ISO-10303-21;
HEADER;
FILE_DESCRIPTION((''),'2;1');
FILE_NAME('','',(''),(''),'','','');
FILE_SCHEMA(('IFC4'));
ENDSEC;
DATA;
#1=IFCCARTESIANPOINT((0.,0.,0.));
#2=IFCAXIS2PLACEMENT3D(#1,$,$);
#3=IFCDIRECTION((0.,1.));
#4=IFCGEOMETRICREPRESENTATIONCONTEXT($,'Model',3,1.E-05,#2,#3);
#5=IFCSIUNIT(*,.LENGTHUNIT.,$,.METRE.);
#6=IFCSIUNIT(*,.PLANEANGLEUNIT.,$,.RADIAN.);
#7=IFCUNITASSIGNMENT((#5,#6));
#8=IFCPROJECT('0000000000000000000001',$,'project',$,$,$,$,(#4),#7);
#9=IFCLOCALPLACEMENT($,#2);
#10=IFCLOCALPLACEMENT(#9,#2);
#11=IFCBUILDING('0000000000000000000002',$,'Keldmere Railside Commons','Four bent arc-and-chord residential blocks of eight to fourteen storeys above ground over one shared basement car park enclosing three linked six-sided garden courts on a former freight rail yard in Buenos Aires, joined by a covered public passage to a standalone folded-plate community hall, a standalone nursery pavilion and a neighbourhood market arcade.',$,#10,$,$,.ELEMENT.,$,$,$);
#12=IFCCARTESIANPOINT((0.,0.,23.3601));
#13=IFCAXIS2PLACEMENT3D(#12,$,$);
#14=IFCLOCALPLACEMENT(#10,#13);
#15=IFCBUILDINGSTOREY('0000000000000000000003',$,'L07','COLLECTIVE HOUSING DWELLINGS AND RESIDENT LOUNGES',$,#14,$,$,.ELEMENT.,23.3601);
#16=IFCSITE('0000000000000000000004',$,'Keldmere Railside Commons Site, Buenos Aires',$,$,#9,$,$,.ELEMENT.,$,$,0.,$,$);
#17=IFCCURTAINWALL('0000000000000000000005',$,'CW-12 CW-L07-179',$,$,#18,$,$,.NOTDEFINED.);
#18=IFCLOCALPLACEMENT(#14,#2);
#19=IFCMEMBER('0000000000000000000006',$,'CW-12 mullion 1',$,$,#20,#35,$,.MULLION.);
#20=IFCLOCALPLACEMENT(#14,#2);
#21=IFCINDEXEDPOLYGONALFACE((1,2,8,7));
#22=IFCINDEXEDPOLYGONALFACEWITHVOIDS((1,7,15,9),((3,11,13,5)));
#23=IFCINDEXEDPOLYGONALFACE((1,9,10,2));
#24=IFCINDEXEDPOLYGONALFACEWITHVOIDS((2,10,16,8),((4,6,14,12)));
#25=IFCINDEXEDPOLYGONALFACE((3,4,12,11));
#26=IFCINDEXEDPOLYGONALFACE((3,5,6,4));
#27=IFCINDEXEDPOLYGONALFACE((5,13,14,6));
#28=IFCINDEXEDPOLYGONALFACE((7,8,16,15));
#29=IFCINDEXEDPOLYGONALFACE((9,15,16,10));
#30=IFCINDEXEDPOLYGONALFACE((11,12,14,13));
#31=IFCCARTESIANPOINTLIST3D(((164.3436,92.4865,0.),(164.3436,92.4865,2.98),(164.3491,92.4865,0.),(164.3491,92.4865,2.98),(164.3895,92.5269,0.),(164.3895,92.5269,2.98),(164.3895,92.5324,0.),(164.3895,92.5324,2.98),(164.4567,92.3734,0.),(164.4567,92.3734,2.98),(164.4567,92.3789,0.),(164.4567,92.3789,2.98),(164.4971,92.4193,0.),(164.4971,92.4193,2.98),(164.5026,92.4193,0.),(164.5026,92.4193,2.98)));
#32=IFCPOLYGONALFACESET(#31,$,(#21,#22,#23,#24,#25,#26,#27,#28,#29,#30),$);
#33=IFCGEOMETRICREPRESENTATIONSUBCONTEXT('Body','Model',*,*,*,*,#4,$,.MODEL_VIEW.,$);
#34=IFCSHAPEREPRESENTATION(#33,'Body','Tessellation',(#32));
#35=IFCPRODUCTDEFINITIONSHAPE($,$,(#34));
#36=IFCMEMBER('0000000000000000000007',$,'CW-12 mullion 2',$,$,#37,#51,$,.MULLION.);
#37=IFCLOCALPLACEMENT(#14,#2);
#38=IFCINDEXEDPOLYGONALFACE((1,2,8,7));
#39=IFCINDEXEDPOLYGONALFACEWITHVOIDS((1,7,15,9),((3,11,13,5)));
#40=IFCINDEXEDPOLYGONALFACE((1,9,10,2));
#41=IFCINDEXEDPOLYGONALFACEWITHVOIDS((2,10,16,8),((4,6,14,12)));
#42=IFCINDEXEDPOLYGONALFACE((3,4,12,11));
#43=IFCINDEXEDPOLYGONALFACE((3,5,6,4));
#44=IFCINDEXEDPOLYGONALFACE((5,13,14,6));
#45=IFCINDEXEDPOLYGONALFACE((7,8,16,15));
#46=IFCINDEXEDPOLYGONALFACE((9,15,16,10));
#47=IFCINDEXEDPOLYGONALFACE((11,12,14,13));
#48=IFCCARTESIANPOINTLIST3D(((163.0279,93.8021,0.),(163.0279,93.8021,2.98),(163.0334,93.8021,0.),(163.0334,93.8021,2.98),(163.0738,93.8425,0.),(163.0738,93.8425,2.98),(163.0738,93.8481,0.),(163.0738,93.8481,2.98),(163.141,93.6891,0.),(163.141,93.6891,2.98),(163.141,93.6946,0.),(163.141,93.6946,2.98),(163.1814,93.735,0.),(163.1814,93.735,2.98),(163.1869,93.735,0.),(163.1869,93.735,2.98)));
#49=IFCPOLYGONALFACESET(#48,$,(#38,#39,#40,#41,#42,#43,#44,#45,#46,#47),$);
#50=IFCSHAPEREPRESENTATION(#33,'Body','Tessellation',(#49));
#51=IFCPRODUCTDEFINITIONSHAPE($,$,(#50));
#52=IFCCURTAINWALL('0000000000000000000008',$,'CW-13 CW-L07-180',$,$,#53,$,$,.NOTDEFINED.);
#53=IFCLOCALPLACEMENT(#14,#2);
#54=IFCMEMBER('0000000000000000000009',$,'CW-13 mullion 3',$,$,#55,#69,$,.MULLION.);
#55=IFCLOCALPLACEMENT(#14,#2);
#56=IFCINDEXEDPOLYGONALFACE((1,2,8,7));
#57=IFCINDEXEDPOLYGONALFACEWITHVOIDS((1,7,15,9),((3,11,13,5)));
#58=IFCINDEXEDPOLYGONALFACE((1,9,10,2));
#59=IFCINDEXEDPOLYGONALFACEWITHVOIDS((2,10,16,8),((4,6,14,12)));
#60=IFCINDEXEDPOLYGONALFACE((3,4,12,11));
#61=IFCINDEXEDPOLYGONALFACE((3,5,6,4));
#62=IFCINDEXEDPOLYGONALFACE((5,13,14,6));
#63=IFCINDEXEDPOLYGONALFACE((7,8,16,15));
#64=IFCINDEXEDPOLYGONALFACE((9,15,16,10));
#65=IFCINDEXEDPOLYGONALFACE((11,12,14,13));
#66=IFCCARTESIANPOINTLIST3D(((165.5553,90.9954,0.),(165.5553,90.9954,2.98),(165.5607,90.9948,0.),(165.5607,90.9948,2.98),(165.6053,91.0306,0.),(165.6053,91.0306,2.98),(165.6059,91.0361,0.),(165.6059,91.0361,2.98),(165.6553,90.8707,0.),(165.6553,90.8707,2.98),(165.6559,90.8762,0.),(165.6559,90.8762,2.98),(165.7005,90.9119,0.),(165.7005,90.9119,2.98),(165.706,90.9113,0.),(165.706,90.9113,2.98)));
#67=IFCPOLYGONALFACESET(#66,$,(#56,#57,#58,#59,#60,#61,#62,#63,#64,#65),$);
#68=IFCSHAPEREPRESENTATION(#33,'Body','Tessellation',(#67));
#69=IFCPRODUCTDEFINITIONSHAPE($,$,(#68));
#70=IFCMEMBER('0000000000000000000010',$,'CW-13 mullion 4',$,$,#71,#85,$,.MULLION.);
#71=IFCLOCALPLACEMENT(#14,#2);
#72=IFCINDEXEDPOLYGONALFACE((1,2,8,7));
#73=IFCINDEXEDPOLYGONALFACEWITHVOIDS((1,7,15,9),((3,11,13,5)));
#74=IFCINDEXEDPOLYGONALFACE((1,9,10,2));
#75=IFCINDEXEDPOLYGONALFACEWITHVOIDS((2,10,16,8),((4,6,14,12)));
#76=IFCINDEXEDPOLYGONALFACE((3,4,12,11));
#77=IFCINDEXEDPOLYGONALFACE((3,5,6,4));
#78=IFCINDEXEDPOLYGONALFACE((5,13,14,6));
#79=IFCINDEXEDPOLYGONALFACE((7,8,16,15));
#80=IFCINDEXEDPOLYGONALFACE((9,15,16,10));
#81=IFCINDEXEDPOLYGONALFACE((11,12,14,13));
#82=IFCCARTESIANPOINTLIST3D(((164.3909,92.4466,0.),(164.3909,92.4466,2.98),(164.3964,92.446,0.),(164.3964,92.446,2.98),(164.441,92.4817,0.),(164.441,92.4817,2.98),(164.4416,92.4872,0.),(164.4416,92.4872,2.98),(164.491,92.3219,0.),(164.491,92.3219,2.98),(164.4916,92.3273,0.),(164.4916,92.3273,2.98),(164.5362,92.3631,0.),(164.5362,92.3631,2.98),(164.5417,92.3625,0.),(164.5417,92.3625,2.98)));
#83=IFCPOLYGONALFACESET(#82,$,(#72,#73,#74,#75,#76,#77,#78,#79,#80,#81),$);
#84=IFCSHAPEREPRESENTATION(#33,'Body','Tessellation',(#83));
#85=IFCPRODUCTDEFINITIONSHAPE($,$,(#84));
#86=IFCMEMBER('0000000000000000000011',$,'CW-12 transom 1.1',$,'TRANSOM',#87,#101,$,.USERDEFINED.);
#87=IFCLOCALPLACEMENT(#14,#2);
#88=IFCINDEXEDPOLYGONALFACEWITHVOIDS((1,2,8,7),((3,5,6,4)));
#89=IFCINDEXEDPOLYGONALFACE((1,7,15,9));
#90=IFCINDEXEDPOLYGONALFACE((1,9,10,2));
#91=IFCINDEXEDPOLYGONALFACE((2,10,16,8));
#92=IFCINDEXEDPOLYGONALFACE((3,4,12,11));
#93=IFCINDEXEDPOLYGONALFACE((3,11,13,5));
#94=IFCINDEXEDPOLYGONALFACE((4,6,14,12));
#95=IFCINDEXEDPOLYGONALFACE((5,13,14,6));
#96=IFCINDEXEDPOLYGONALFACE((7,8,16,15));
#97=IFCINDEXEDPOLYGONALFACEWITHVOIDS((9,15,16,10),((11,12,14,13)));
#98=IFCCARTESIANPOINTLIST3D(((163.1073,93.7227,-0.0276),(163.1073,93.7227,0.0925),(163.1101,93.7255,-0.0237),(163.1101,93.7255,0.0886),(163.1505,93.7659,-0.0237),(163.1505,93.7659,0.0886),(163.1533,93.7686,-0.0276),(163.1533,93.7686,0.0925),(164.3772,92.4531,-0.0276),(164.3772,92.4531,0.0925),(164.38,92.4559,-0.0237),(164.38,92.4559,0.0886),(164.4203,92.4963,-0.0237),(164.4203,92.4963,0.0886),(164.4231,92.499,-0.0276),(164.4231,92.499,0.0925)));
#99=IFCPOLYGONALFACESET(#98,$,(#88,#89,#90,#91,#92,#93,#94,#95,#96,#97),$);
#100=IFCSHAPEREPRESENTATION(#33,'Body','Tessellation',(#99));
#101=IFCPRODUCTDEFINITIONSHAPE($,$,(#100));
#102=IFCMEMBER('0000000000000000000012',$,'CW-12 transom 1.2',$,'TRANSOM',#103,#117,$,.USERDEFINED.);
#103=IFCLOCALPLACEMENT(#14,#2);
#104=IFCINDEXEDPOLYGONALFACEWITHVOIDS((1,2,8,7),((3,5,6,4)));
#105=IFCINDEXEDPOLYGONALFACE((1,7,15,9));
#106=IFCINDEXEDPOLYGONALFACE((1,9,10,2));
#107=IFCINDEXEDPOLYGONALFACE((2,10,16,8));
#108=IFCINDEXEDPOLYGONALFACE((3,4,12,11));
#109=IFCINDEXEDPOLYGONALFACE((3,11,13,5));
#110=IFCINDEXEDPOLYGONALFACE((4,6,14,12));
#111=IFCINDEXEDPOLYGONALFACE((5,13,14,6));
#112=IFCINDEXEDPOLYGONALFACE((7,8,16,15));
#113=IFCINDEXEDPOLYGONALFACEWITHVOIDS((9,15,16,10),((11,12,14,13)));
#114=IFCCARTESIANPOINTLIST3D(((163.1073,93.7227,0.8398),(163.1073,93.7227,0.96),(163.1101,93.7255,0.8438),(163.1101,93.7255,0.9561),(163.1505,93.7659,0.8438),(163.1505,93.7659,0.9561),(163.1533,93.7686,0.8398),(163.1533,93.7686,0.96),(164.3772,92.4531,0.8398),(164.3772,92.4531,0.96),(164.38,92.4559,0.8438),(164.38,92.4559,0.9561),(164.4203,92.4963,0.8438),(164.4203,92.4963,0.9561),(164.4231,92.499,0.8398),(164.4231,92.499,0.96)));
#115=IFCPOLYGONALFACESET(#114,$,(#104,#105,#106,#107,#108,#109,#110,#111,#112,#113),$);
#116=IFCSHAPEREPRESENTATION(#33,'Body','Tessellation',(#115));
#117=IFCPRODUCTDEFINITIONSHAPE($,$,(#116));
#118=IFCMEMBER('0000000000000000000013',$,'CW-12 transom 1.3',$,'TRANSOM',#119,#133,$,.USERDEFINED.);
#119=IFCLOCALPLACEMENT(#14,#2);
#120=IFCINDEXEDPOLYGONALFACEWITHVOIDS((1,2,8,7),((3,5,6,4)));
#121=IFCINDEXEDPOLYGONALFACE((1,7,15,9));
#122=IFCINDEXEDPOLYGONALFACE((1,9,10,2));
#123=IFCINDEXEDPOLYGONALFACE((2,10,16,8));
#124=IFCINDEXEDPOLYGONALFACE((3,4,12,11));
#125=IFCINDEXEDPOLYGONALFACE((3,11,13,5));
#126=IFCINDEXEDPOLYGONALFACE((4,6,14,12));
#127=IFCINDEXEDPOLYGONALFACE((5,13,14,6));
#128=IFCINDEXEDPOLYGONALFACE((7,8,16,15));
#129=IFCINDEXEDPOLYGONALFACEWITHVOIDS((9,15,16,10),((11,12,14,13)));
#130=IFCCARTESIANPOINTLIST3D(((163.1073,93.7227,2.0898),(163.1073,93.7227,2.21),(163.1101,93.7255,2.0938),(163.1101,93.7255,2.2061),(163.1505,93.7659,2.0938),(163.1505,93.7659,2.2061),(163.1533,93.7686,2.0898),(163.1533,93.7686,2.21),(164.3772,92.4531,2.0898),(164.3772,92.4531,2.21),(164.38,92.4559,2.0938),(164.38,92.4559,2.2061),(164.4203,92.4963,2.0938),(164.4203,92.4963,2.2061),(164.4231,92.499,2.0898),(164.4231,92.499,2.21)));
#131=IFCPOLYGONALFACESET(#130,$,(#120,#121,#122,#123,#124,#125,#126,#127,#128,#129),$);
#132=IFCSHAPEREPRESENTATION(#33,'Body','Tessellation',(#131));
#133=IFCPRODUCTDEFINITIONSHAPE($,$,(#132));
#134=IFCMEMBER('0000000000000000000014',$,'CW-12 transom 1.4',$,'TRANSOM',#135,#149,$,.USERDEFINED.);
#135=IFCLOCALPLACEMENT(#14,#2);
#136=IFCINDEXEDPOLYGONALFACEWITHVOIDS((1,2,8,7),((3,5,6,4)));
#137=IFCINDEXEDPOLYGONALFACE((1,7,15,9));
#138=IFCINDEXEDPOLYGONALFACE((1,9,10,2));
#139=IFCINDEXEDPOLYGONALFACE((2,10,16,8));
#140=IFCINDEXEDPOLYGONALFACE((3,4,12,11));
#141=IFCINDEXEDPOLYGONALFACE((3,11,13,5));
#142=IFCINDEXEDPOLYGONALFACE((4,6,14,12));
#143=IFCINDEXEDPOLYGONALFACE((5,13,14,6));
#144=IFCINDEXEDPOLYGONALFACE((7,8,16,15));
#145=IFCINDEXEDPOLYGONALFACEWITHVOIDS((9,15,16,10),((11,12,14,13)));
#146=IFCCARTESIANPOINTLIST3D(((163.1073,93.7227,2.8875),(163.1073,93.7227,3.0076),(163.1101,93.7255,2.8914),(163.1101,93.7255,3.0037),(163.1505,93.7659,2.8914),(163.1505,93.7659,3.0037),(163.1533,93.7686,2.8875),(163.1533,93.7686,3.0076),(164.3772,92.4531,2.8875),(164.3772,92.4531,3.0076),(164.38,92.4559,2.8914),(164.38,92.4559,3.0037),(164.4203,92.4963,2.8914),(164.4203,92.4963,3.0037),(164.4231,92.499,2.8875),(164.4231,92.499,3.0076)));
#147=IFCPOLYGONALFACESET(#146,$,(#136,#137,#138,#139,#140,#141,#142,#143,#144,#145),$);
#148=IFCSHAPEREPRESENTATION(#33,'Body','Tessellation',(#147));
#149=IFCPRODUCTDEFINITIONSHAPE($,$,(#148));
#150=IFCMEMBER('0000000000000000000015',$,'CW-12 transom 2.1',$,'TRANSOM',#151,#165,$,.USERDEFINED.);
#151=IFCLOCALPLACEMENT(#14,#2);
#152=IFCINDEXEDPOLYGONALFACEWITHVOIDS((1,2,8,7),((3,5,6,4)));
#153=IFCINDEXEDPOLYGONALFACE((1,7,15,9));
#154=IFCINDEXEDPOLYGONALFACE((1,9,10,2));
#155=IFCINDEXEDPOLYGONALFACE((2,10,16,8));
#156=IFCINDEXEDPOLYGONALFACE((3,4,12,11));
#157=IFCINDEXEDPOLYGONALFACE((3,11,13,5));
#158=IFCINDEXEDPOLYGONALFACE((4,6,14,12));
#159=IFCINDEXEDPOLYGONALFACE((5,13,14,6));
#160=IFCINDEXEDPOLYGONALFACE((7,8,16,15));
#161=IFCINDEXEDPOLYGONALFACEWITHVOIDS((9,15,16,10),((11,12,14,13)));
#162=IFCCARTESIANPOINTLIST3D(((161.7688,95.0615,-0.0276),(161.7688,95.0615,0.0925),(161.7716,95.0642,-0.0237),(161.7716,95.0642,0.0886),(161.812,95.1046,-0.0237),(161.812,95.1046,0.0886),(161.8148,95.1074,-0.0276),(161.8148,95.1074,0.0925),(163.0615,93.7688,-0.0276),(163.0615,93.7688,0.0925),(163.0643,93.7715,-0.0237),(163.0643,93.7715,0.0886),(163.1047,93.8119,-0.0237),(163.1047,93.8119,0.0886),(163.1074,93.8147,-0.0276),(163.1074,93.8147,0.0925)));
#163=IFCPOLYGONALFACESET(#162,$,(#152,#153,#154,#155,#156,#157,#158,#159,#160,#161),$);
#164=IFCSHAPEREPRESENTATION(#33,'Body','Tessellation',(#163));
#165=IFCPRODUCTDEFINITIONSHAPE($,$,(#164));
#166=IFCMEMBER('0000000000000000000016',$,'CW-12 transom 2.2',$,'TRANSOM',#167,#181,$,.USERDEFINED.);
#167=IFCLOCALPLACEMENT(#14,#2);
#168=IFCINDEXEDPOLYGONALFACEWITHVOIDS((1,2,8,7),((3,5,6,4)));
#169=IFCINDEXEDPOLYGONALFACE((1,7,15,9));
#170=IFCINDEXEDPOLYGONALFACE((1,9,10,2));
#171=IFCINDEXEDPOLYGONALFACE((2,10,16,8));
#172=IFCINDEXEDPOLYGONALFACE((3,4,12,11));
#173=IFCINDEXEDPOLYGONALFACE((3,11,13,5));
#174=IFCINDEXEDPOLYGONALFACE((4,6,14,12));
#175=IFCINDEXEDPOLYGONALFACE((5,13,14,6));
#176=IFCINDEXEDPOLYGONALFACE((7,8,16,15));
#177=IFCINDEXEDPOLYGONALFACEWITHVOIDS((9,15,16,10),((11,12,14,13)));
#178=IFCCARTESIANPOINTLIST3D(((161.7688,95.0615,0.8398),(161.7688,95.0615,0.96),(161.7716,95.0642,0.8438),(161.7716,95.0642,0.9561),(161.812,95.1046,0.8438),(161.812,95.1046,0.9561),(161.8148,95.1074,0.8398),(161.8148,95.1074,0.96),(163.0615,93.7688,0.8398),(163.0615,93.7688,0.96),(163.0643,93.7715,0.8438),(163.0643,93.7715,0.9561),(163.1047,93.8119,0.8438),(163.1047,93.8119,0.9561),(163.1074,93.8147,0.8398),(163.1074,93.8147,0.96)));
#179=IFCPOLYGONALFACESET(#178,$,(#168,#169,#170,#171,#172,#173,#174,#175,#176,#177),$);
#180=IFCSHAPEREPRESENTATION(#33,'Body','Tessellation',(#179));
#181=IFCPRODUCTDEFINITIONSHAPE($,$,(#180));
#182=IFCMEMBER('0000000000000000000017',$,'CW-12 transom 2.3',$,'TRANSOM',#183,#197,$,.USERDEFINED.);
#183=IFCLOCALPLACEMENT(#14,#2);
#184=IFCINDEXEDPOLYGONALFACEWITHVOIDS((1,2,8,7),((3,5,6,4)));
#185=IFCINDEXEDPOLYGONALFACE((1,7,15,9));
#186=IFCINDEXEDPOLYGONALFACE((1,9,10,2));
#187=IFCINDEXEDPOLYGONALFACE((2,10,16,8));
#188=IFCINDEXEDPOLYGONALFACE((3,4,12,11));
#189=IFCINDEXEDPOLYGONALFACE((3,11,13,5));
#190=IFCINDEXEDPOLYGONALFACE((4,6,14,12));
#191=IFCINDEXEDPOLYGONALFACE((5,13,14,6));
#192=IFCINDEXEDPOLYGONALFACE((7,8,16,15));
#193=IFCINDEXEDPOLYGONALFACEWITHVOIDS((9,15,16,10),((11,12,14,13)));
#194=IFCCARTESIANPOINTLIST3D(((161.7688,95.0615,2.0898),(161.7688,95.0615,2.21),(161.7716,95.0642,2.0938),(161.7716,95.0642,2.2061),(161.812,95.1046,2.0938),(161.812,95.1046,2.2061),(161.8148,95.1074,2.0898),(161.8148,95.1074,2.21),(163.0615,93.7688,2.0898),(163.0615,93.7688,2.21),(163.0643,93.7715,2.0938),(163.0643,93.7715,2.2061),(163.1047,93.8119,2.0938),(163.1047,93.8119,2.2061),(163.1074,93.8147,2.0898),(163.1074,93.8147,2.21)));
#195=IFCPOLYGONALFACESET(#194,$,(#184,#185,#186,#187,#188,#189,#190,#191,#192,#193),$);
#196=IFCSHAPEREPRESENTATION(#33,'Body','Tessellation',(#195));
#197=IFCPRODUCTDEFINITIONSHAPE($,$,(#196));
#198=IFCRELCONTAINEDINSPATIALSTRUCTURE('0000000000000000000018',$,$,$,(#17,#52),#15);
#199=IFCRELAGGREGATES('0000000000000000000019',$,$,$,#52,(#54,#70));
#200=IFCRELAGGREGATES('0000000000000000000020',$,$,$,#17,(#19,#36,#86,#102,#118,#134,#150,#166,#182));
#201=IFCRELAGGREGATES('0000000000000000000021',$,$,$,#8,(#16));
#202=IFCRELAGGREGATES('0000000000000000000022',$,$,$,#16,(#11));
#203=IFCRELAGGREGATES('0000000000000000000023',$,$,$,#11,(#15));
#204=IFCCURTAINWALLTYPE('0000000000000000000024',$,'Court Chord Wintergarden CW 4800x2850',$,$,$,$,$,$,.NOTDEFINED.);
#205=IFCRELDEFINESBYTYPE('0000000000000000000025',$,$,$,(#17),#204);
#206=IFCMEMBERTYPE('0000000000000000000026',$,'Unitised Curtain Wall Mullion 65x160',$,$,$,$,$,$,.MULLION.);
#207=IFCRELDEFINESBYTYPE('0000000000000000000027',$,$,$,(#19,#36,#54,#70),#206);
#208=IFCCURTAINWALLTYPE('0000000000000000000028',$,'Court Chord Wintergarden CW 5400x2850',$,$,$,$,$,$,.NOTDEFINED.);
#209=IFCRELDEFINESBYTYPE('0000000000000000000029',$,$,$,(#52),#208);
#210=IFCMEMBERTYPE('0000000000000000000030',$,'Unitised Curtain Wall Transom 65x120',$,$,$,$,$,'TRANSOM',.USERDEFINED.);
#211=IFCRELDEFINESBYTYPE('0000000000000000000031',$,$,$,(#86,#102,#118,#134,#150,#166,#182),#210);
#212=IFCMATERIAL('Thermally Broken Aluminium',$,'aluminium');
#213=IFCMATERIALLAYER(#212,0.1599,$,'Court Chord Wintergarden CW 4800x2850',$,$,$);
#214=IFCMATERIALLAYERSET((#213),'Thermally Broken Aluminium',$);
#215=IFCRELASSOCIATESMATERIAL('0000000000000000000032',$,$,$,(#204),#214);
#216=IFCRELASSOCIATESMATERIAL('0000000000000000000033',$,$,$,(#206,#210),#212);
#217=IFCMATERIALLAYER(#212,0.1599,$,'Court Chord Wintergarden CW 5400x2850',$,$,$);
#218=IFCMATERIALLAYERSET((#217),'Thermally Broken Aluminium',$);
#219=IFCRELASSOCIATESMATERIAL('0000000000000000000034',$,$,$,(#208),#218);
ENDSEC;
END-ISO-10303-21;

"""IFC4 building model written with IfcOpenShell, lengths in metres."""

from ifc_helpers import new_model, si_unit, direction, frame, origin, origin_2d, place, context, subcontext, project, spatial, hollow_rectangle, extrude, material, layer, layer_set, material_profile, profile_set, type_object, element, aggregate, save


model = new_model("IFC4")

# Units and contexts
model_context = context("Model", 3, precision=1e-05, world=origin(), true_north=direction((0.0, 1.0)))
body_context = subcontext(model_context, "Body", "Model", "MODEL_VIEW")
ifc_project = project(units=[si_unit("LENGTHUNIT", "METRE"), si_unit("PLANEANGLEUNIT", "RADIAN")], contexts=[model_context])

# Site, building, storey
site_placement = place(None, origin())
site = spatial("IfcSite", under=ifc_project, at=site_placement, Name="Keldmere Railside Commons Site, Buenos Aires", CompositionType="ELEMENT", RefElevation=0.0)
building_placement = place(site_placement, origin())
building = spatial("IfcBuilding", under=site, at=building_placement, Name="Keldmere Railside Commons", Description="Four bent arc-and-chord residential blocks of eight to fourteen storeys above ground over one shared basement car park enclosing three linked six-sided garden courts on a former freight rail yard in Buenos Aires, joined by a covered public passage to a standalone folded-plate community hall, a standalone nursery pavilion and a neighbourhood market arcade.", CompositionType="ELEMENT")
storey_placement = place(building_placement, frame((0.0, 0.0, 23.3601)))
storey = spatial("IfcBuildingStorey", under=building, at=storey_placement, Name="L07", Description="COLLECTIVE HOUSING DWELLINGS AND RESIDENT LOUNGES", CompositionType="ELEMENT", Elevation=23.3601)

# Curtain walls, members
ifc_material_1 = material(Name="Thermally Broken Aluminium", Category="aluminium")
ifc_layer_1 = layer(ifc_material_1, 0.1599, Name="Court Chord Wintergarden CW 4800x2850")
ifc_layer_set_1 = layer_set([ifc_layer_1], Name="Thermally Broken Aluminium")
curtain_wall_type_1 = type_object("IfcCurtainWallType", Name="Court Chord Wintergarden CW 4800x2850", PredefinedType="NOTDEFINED", material=ifc_layer_set_1)
curtain_wall_1_placement = place(storey_placement, origin())
curtain_wall_1 = element("IfcCurtainWall", 1, at=curtain_wall_1_placement, inside=storey, type_object=curtain_wall_type_1, Name="CW-12 CW-L07-179", PredefinedType="NOTDEFINED")
ifc_material_profile_1 = material_profile(ifc_material_1, hollow_rectangle(XDim=0.0649, YDim=0.1599, WallThickness=0.0039, at=origin_2d()), Name="ALU-MULL-65x160")
ifc_profile_set_1 = profile_set([ifc_material_profile_1], Name="Thermally Broken Aluminium")
member_type_1 = type_object("IfcMemberType", Name="Unitised Curtain Wall Mullion 65x160", PredefinedType="MULLION", material=ifc_profile_set_1)
member_1_placement = place(storey_placement, frame((164.4231, 92.4529, 0.0), z_axis=(0.0, 0.0, 1.0), x_axis=(-0.707107, -0.707107, 0.0)))
member_1 = element("IfcMember", 2, at=member_1_placement, type_object=member_type_1, Name="CW-12 mullion 1", PredefinedType="MULLION", context=body_context, shape_type="SweptSolid", body=[
    extrude(hollow_rectangle(XDim=0.0649, YDim=0.1599, WallThickness=0.0039, at=origin_2d()), origin(), (0.0, 0.0, 1.0), 2.98),
])
member_2_placement = place(storey_placement, frame((163.1074, 93.7686, 0.0), z_axis=(0.0, 0.0, 1.0), x_axis=(-0.707107, -0.707107, 0.0)))
member_2 = element("IfcMember", 3, at=member_2_placement, type_object=member_type_1, Name="CW-12 mullion 2", PredefinedType="MULLION", context=body_context, shape_type="SweptSolid", body=[
    extrude(hollow_rectangle(XDim=0.0649, YDim=0.1599, WallThickness=0.0039, at=origin_2d()), origin(), (0.0, 0.0, 1.0), 2.98),
])
ifc_layer_2 = layer(ifc_material_1, 0.1599, Name="Court Chord Wintergarden CW 5400x2850")
ifc_layer_set_2 = layer_set([ifc_layer_2], Name="Thermally Broken Aluminium")
curtain_wall_type_2 = type_object("IfcCurtainWallType", Name="Court Chord Wintergarden CW 5400x2850", PredefinedType="NOTDEFINED", material=ifc_layer_set_2)
curtain_wall_2_placement = place(storey_placement, origin())
curtain_wall_2 = element("IfcCurtainWall", 4, at=curtain_wall_2_placement, inside=storey, type_object=curtain_wall_type_2, Name="CW-13 CW-L07-180", PredefinedType="NOTDEFINED")
member_3_placement = place(storey_placement, frame((165.6306, 90.9534, 0.0), z_axis=(0.0, 0.0, 1.0), x_axis=(-0.780009, -0.625768, 0.0)))
member_3 = element("IfcMember", 5, at=member_3_placement, type_object=member_type_1, Name="CW-13 mullion 3", PredefinedType="MULLION", context=body_context, shape_type="SweptSolid", body=[
    extrude(hollow_rectangle(XDim=0.0649, YDim=0.1599, WallThickness=0.0039, at=origin_2d()), origin(), (0.0, 0.0, 1.0), 2.98),
])
member_4_placement = place(storey_placement, frame((164.4663, 92.4045, 0.0), z_axis=(0.0, 0.0, 1.0), x_axis=(-0.780009, -0.625768, 0.0)))
member_4 = element("IfcMember", 6, at=member_4_placement, type_object=member_type_1, Name="CW-13 mullion 4", PredefinedType="MULLION", context=body_context, shape_type="SweptSolid", body=[
    extrude(hollow_rectangle(XDim=0.0649, YDim=0.1599, WallThickness=0.0039, at=origin_2d()), origin(), (0.0, 0.0, 1.0), 2.98),
])

# Members
ifc_material_profile_2 = material_profile(ifc_material_1, hollow_rectangle(XDim=0.0649, YDim=0.1201, WallThickness=0.0039, at=origin_2d()), Name="ALU-TRAN-65x120")
ifc_profile_set_2 = profile_set([ifc_material_profile_2], Name="Thermally Broken Aluminium")
member_type_2 = type_object("IfcMemberType", Name="Unitised Curtain Wall Transom 65x120", ElementType="TRANSOM", PredefinedType="USERDEFINED", material=ifc_profile_set_2)
member_5_placement = place(storey_placement, frame((164.4001, 92.4761, 0.0325), z_axis=(-0.707175, 0.707039, 0.0), x_axis=(-0.707039, -0.707175, 0.0)))
member_5 = element("IfcMember", 7, at=member_5_placement, type_object=member_type_2, Name="CW-12 transom 1.1", ObjectType="TRANSOM", PredefinedType="USERDEFINED", context=body_context, shape_type="SweptSolid", body=[
    extrude(hollow_rectangle(XDim=0.0649, YDim=0.1201, WallThickness=0.0039, at=origin_2d()), origin(), (0.0, 0.0, 1.0), 1.7957),
])
member_6_placement = place(storey_placement, frame((164.4001, 92.4761, 0.8999), z_axis=(-0.707175, 0.707039, 0.0), x_axis=(-0.707039, -0.707175, 0.0)))
member_6 = element("IfcMember", 8, at=member_6_placement, type_object=member_type_2, Name="CW-12 transom 1.2", ObjectType="TRANSOM", PredefinedType="USERDEFINED", context=body_context, shape_type="SweptSolid", body=[
    extrude(hollow_rectangle(XDim=0.0649, YDim=0.1201, WallThickness=0.0039, at=origin_2d()), origin(), (0.0, 0.0, 1.0), 1.7957),
])
member_7_placement = place(storey_placement, frame((164.4001, 92.4761, 2.1499), z_axis=(-0.707175, 0.707039, 0.0), x_axis=(-0.707039, -0.707175, 0.0)))
member_7 = element("IfcMember", 9, at=member_7_placement, type_object=member_type_2, Name="CW-12 transom 1.3", ObjectType="TRANSOM", PredefinedType="USERDEFINED", context=body_context, shape_type="SweptSolid", body=[
    extrude(hollow_rectangle(XDim=0.0649, YDim=0.1201, WallThickness=0.0039, at=origin_2d()), origin(), (0.0, 0.0, 1.0), 1.7957),
])
member_8_placement = place(storey_placement, frame((164.4001, 92.4761, 2.9475), z_axis=(-0.707175, 0.707039, 0.0), x_axis=(-0.707039, -0.707175, 0.0)))
member_8 = element("IfcMember", 10, at=member_8_placement, type_object=member_type_2, Name="CW-12 transom 1.4", ObjectType="TRANSOM", PredefinedType="USERDEFINED", context=body_context, shape_type="SweptSolid", body=[
    extrude(hollow_rectangle(XDim=0.0649, YDim=0.1201, WallThickness=0.0039, at=origin_2d()), origin(), (0.0, 0.0, 1.0), 1.7957),
])
member_9_placement = place(storey_placement, frame((163.0845, 93.7917, 0.0325), z_axis=(-0.707107, 0.707107, 0.0), x_axis=(-0.707107, -0.707107, 0.0)))
member_9 = element("IfcMember", 11, at=member_9_placement, type_object=member_type_2, Name="CW-12 transom 2.1", ObjectType="TRANSOM", PredefinedType="USERDEFINED", context=body_context, shape_type="SweptSolid", body=[
    extrude(hollow_rectangle(XDim=0.0649, YDim=0.1201, WallThickness=0.0039, at=origin_2d()), origin(), (0.0, 0.0, 1.0), 1.8281),
])
member_10_placement = place(storey_placement, frame((163.0845, 93.7917, 0.8999), z_axis=(-0.707107, 0.707107, 0.0), x_axis=(-0.707107, -0.707107, 0.0)))
member_10 = element("IfcMember", 12, at=member_10_placement, type_object=member_type_2, Name="CW-12 transom 2.2", ObjectType="TRANSOM", PredefinedType="USERDEFINED", context=body_context, shape_type="SweptSolid", body=[
    extrude(hollow_rectangle(XDim=0.0649, YDim=0.1201, WallThickness=0.0039, at=origin_2d()), origin(), (0.0, 0.0, 1.0), 1.8281),
])
member_11_placement = place(storey_placement, frame((163.0845, 93.7917, 2.1499), z_axis=(-0.707107, 0.707107, 0.0), x_axis=(-0.707107, -0.707107, 0.0)))
member_11 = element("IfcMember", 13, at=member_11_placement, type_object=member_type_2, Name="CW-12 transom 2.3", ObjectType="TRANSOM", PredefinedType="USERDEFINED", context=body_context, shape_type="SweptSolid", body=[
    extrude(hollow_rectangle(XDim=0.0649, YDim=0.1201, WallThickness=0.0039, at=origin_2d()), origin(), (0.0, 0.0, 1.0), 1.8281),
])

aggregate(curtain_wall_2, [member_3, member_4])
aggregate(curtain_wall_1, [member_1, member_2, member_5, member_6, member_7, member_8, member_9, member_10, member_11])

save(model, "model.ifc")
